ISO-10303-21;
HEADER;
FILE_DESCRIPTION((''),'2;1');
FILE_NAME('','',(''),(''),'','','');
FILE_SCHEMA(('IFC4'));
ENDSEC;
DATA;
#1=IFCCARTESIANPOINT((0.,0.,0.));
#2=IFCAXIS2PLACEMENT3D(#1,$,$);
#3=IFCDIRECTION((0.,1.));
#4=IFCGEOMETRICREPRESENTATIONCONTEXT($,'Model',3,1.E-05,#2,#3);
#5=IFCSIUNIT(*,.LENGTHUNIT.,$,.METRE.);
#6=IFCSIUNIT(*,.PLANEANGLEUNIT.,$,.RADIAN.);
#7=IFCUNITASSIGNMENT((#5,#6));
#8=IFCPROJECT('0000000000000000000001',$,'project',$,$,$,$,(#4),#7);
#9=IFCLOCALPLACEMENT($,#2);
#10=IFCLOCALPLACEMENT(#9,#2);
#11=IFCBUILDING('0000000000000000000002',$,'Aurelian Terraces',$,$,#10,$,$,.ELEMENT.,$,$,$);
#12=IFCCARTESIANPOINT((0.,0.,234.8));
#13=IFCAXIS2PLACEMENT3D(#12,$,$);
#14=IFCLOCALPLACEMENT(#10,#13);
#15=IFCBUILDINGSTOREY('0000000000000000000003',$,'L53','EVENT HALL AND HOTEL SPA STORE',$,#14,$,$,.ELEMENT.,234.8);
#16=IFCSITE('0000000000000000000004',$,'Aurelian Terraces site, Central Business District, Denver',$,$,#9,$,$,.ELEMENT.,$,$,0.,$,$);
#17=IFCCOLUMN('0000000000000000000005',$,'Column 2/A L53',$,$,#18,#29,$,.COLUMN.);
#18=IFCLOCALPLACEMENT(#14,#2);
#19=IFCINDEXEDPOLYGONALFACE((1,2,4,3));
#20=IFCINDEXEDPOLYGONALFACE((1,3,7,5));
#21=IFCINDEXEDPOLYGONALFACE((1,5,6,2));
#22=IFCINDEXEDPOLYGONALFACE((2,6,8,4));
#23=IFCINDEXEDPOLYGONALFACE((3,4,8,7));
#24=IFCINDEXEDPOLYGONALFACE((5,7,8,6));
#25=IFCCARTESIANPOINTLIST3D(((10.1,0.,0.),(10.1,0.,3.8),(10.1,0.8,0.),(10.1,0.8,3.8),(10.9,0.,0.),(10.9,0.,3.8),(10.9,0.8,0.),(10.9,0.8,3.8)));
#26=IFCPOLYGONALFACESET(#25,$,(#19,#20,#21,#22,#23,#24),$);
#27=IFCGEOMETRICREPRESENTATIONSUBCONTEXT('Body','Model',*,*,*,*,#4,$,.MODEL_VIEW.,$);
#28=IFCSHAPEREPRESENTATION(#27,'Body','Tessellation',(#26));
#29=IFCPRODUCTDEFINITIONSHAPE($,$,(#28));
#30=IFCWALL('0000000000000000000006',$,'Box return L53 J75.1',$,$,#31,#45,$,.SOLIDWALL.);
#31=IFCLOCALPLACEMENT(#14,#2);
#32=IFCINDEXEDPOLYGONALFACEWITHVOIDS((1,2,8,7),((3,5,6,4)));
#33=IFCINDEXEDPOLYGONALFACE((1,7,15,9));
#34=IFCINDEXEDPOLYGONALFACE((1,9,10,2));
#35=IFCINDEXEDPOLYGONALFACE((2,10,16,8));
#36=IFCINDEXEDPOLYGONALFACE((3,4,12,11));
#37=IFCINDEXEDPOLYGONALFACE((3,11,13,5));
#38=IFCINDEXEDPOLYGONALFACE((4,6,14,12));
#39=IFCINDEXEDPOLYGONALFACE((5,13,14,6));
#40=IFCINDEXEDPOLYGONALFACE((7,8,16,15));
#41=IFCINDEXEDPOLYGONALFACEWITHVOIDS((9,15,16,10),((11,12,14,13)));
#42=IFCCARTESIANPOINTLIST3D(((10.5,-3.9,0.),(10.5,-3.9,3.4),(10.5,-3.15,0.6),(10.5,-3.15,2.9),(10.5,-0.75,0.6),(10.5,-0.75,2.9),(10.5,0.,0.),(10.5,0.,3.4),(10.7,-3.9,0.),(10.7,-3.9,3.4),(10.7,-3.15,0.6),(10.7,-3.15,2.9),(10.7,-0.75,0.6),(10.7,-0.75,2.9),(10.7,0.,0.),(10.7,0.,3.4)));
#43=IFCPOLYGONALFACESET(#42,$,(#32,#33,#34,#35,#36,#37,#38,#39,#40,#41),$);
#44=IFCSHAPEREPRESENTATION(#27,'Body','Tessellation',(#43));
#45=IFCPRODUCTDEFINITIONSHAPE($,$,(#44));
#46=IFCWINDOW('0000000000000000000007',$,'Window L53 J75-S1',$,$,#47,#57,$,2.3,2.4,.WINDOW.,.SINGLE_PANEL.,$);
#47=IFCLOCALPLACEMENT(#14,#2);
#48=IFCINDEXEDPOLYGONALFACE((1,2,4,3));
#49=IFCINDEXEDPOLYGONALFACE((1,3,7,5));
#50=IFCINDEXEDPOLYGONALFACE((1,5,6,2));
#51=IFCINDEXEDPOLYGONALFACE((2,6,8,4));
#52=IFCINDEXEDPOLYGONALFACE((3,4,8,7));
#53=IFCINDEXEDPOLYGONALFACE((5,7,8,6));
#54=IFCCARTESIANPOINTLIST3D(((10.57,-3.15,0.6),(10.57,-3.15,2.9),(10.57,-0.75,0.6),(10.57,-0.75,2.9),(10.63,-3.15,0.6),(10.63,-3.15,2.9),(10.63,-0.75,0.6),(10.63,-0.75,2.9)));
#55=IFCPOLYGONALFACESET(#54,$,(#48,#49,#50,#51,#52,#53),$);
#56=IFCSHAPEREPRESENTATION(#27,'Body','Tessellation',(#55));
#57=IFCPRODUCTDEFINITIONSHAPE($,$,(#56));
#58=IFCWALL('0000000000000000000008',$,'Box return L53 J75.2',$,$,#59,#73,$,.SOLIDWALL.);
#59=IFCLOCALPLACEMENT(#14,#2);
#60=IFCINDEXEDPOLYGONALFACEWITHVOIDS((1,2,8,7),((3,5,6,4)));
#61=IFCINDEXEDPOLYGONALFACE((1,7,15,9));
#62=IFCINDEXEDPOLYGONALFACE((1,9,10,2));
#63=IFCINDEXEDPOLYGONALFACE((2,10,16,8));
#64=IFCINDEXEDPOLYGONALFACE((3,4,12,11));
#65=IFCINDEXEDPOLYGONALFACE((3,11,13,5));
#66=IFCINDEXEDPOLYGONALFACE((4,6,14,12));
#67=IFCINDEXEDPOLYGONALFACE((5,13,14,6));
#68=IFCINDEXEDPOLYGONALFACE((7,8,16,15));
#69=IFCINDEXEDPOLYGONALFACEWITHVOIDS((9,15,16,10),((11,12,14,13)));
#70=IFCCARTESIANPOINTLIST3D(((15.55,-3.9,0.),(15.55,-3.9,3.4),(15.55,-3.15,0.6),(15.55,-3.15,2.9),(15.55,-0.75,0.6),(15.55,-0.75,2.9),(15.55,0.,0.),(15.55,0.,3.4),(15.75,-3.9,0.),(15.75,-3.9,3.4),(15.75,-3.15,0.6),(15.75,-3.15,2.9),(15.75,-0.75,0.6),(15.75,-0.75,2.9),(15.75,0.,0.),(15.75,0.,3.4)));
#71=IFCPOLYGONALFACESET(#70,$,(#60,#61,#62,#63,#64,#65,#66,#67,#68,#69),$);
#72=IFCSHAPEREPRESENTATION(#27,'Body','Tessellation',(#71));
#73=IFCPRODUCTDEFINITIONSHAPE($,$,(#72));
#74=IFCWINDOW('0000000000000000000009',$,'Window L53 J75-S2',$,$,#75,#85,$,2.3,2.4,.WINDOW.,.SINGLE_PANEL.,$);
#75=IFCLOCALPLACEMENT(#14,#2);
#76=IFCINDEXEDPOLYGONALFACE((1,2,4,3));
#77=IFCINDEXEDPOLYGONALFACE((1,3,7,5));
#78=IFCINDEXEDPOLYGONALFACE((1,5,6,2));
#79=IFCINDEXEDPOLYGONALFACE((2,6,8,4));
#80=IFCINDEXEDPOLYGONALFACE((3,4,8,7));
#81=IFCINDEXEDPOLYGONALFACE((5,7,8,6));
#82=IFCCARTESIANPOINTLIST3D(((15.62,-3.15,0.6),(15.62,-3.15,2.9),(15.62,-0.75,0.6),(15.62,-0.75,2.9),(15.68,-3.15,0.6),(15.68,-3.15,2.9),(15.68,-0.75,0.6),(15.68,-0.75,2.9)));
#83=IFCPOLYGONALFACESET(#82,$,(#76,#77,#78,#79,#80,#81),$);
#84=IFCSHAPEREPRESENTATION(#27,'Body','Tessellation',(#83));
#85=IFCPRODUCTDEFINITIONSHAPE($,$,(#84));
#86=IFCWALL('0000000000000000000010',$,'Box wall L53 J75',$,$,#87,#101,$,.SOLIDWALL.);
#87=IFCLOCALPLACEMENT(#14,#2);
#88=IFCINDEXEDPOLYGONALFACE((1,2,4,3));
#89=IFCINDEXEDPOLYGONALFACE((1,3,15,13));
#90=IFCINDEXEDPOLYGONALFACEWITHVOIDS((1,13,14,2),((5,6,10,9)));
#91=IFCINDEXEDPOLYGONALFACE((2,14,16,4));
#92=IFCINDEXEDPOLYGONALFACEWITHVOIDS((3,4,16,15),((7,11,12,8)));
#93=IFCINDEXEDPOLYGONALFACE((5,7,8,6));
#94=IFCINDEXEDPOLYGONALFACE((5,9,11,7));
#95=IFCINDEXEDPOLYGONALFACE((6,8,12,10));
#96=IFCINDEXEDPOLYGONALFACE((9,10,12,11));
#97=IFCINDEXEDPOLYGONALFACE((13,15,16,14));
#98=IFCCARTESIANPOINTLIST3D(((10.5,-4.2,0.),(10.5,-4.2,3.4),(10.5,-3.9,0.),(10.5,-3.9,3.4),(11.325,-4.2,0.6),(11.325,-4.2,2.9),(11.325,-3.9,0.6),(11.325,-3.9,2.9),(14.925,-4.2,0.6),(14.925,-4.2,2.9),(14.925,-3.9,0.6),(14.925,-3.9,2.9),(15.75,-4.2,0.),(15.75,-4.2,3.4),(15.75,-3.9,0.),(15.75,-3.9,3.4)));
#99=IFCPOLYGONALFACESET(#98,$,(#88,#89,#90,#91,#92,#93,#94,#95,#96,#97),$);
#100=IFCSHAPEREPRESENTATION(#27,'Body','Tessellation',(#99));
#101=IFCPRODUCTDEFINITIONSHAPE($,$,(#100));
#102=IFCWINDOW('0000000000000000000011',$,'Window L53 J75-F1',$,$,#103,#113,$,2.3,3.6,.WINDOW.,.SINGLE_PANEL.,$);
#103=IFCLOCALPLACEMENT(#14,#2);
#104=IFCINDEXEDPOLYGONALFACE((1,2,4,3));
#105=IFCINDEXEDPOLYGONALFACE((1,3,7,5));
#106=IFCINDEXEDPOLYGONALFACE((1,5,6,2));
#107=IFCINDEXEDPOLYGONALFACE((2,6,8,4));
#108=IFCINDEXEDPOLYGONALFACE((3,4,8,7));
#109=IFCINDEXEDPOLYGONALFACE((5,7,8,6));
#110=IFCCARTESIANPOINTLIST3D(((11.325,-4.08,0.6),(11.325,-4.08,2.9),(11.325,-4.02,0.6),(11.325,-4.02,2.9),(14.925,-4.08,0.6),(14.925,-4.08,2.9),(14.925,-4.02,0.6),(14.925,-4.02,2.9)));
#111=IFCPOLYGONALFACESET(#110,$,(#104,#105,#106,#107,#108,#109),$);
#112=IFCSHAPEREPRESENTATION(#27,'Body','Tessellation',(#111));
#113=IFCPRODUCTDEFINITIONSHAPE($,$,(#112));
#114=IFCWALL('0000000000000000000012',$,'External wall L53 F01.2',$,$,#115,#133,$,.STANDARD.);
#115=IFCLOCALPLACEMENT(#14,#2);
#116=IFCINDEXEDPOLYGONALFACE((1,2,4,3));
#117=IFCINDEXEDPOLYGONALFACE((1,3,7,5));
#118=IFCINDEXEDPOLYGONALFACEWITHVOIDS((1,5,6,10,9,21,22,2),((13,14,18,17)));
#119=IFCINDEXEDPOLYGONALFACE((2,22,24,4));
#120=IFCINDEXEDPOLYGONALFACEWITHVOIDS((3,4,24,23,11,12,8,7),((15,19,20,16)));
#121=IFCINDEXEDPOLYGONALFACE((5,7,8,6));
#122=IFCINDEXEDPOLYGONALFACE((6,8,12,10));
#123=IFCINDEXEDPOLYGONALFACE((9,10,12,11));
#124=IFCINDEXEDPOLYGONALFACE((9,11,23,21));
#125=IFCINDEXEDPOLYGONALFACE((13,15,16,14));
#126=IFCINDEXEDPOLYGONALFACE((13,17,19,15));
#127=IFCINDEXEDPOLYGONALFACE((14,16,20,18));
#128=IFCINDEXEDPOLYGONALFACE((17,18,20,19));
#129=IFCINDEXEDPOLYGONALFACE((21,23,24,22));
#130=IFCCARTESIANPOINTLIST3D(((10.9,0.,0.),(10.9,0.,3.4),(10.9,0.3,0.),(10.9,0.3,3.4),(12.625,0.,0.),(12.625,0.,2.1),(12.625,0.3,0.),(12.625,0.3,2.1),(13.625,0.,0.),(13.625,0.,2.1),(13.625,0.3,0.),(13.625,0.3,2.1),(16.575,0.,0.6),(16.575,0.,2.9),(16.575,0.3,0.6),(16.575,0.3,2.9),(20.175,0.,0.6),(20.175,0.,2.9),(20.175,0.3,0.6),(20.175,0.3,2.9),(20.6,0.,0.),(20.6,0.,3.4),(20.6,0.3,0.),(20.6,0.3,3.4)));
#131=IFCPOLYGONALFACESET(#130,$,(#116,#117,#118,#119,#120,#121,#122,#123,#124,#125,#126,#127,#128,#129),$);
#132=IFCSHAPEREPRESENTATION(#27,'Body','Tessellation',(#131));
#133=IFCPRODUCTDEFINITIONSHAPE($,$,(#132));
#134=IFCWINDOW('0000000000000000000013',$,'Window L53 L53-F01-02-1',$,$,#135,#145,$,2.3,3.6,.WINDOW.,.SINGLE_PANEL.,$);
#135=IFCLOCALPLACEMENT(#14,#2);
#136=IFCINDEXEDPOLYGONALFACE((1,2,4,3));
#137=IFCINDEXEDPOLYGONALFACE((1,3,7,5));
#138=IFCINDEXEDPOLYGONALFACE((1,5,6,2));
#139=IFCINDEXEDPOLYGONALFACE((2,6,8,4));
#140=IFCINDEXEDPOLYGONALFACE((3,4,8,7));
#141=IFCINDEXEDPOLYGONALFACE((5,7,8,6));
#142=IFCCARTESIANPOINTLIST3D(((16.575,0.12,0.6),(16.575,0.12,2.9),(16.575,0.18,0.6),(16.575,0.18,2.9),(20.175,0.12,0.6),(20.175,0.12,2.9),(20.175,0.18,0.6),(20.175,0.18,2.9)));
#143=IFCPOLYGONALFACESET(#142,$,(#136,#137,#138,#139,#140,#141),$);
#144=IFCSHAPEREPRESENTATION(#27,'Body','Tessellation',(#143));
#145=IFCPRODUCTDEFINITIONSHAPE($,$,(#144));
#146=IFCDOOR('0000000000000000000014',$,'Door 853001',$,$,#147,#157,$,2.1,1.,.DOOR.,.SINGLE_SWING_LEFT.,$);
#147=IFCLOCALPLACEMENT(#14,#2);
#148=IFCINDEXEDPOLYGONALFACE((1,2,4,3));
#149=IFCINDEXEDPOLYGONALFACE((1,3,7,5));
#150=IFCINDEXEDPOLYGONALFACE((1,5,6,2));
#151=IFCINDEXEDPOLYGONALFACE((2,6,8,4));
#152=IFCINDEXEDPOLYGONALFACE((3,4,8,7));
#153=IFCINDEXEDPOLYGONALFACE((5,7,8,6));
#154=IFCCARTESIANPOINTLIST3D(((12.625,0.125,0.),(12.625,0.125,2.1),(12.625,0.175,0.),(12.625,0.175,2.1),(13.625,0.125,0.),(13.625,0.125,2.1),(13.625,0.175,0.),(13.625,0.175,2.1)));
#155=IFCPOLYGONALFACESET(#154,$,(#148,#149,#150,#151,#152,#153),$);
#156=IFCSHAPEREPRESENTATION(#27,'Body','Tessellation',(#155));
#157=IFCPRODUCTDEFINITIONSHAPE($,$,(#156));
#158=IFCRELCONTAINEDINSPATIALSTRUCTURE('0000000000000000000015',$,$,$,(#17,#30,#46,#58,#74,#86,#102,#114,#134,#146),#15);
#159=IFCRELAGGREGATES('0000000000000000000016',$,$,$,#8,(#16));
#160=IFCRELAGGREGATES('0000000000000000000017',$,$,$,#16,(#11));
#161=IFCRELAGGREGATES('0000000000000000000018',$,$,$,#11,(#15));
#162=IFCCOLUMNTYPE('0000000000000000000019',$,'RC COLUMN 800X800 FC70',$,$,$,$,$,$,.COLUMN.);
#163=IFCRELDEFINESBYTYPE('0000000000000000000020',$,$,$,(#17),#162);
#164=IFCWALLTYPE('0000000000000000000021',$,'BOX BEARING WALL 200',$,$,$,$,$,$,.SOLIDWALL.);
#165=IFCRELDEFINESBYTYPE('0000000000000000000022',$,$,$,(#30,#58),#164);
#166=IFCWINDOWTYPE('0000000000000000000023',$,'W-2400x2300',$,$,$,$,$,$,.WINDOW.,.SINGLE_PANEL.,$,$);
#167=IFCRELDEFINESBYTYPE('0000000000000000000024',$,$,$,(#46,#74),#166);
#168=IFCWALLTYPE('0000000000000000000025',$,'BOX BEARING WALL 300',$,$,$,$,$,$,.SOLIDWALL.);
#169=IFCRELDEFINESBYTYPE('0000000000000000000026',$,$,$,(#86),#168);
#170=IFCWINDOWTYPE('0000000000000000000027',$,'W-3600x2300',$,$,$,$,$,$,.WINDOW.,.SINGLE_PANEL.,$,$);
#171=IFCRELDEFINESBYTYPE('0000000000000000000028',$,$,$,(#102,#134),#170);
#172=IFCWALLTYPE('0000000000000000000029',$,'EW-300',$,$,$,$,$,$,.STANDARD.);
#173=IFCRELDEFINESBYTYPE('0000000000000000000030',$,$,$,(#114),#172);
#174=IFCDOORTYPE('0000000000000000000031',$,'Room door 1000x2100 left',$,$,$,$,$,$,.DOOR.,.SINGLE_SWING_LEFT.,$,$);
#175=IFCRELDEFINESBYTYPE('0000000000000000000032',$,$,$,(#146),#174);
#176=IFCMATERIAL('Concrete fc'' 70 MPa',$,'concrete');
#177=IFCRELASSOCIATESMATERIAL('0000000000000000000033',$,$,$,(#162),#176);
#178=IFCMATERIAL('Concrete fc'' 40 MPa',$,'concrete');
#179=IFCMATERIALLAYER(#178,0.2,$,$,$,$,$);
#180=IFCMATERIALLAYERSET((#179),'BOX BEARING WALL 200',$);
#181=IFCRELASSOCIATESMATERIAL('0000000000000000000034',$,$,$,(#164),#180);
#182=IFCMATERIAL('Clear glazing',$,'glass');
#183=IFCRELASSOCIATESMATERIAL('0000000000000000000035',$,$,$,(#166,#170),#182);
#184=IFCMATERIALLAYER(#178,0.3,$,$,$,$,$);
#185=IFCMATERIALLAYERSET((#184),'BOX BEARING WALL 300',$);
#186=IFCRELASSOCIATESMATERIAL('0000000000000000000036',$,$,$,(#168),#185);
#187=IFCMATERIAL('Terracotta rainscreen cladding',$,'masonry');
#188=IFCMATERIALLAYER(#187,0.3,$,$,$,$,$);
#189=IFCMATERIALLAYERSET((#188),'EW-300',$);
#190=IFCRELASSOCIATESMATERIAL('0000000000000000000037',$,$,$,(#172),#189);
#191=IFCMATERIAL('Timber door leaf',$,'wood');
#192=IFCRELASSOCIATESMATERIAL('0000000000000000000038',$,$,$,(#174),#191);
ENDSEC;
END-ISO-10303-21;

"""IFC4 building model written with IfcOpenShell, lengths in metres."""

from ifc_helpers import new_model, si_unit, direction, frame, frame_2d, origin, origin_2d, place, context, subcontext, project, spatial, rectangle, extrude, source, transform, mapped, material, layer, layer_set, material_profile, profile_set, type_object, element, fill, save


model = new_model("IFC4")

# Units and contexts
model_context = context("Model", 3, precision=1e-05, world=origin(), true_north=direction((0.0, 1.0)))
body_context = subcontext(model_context, "Body", "Model", "MODEL_VIEW")
ifc_project = project(units=[si_unit("LENGTHUNIT", "METRE"), si_unit("PLANEANGLEUNIT", "RADIAN")], contexts=[model_context])

# Site, building, storey
site_placement = place(None, origin())
site = spatial("IfcSite", under=ifc_project, at=site_placement, Name="Aurelian Terraces site, Central Business District, Denver", CompositionType="ELEMENT", RefElevation=0.0)
building_placement = place(site_placement, origin())
building = spatial("IfcBuilding", under=site, at=building_placement, Name="Aurelian Terraces", CompositionType="ELEMENT")
storey_placement = place(building_placement, frame((0.0, 0.0, 234.8)))
storey = spatial("IfcBuildingStorey", under=building, at=storey_placement, Name="L53", Description="EVENT HALL AND HOTEL SPA STORE", CompositionType="ELEMENT", Elevation=234.8)

# Column
ifc_material_1 = material(Name="Concrete fc' 70 MPa", Category="concrete")
ifc_material_profile = material_profile(ifc_material_1, rectangle(XDim=0.8, YDim=0.8, at=origin_2d()))
ifc_profile_set = profile_set([ifc_material_profile], Name="Concrete fc' 70 MPa")
column_type = type_object("IfcColumnType", Name="RC COLUMN 800X800 FC70", PredefinedType="COLUMN", material=ifc_profile_set)
shared_shape_1 = source(origin(), body_context, "Body", "SweptSolid", [
    extrude(rectangle(XDim=0.8, YDim=0.8, at=origin_2d()), origin(), (0.0, 0.0, 1.0), 3.8),
])
column_placement = place(storey_placement, frame((10.5, 0.4, 0.0), z_axis=(0.0, 0.0, 1.0), x_axis=(1.0, 0.0, 0.0)))
element("IfcColumn", 1, at=column_placement, inside=storey, type_object=column_type, Name="Column 2/A L53", PredefinedType="COLUMN", context=body_context, shape_type="MappedRepresentation", body=[
    mapped(shared_shape_1, transform((0.0, 0.0, 0.0), scale=1.0)),
])

# Walls, openings, windows
ifc_material_2 = material(Name="Concrete fc' 40 MPa", Category="concrete")
ifc_layer_1 = layer(ifc_material_2, 0.2)
ifc_layer_set_1 = layer_set([ifc_layer_1], Name="BOX BEARING WALL 200")
wall_type_1 = type_object("IfcWallType", Name="BOX BEARING WALL 200", PredefinedType="SOLIDWALL", material=ifc_layer_set_1)
shared_shape_2 = source(origin(), body_context, "Body", "SweptSolid", [
    extrude(rectangle(XDim=3.9, YDim=0.2, at=frame_2d((1.95, 0.0))), origin(), (0.0, 0.0, 1.0), 3.4),
])
wall_1_placement = place(storey_placement, frame((10.6, 0.0, 0.0), z_axis=(0.0, 0.0, 1.0), x_axis=(0.0, -1.0, 0.0)))
wall_1 = element("IfcWall", 2, at=wall_1_placement, inside=storey, type_object=wall_type_1, Name="Box return L53 J75.1", PredefinedType="SOLIDWALL", context=body_context, shape_type="MappedRepresentation", body=[
    mapped(shared_shape_2, transform((0.0, 0.0, 0.0), scale=1.0)),
])
shared_shape_3 = source(origin(), body_context, "Body", "SweptSolid", [
    extrude(rectangle(XDim=2.4, YDim=2.3, at=frame_2d((1.2, 1.15))), frame((0.0, 0.11, 0.0), z_axis=(0.0, -1.0, 0.0), x_axis=(1.0, 0.0, 0.0)), (0.0, 0.0, 1.0), 0.22),
])
opening_1_placement = place(wall_1_placement, frame((0.75, 0.0, 0.6)))
opening_1 = element("IfcOpeningElement", 3, at=opening_1_placement, cuts=wall_1, PredefinedType="OPENING", context=body_context, shape_type="MappedRepresentation", body=[
    mapped(shared_shape_3, transform((0.0, 0.0, 0.0), scale=1.0)),
])
ifc_material_3 = material(Name="Clear glazing", Category="glass")
window_type_1 = type_object("IfcWindowType", Name="W-2400x2300", PartitioningType="SINGLE_PANEL", PredefinedType="WINDOW", material=ifc_material_3)
shared_shape_4 = source(origin(), body_context, "Body", "SweptSolid", [
    extrude(rectangle(XDim=2.4, YDim=2.3, at=frame_2d((1.2, 1.15))), frame((0.0, 0.03, 0.0), z_axis=(0.0, -1.0, 0.0), x_axis=(1.0, 0.0, 0.0)), (0.0, 0.0, 1.0), 0.06),
])
window_1_placement = place(opening_1_placement, origin())
window_1 = element("IfcWindow", 4, at=window_1_placement, inside=storey, type_object=window_type_1, Name="Window L53 J75-S1", OverallHeight=2.3, OverallWidth=2.4, PartitioningType="SINGLE_PANEL", PredefinedType="WINDOW", context=body_context, shape_type="MappedRepresentation", body=[
    mapped(shared_shape_4, transform((0.0, 0.0, 0.0), scale=1.0)),
])
fill(opening_1, window_1)
wall_2_placement = place(storey_placement, frame((15.65, 0.0, 0.0), z_axis=(0.0, 0.0, 1.0), x_axis=(0.0, -1.0, 0.0)))
wall_2 = element("IfcWall", 5, at=wall_2_placement, inside=storey, type_object=wall_type_1, Name="Box return L53 J75.2", PredefinedType="SOLIDWALL", context=body_context, shape_type="MappedRepresentation", body=[
    mapped(shared_shape_2, transform((0.0, 0.0, 0.0), scale=1.0)),
])
opening_2_placement = place(wall_2_placement, frame((0.75, 0.0, 0.6)))
opening_2 = element("IfcOpeningElement", 6, at=opening_2_placement, cuts=wall_2, PredefinedType="OPENING", context=body_context, shape_type="MappedRepresentation", body=[
    mapped(shared_shape_3, transform((0.0, 0.0, 0.0), scale=1.0)),
])
window_2_placement = place(opening_2_placement, origin())
window_2 = element("IfcWindow", 7, at=window_2_placement, inside=storey, type_object=window_type_1, Name="Window L53 J75-S2", OverallHeight=2.3, OverallWidth=2.4, PartitioningType="SINGLE_PANEL", PredefinedType="WINDOW", context=body_context, shape_type="MappedRepresentation", body=[
    mapped(shared_shape_4, transform((0.0, 0.0, 0.0), scale=1.0)),
])
fill(opening_2, window_2)
ifc_layer_2 = layer(ifc_material_2, 0.3)
ifc_layer_set_2 = layer_set([ifc_layer_2], Name="BOX BEARING WALL 300")
wall_type_2 = type_object("IfcWallType", Name="BOX BEARING WALL 300", PredefinedType="SOLIDWALL", material=ifc_layer_set_2)
shared_shape_5 = source(origin(), body_context, "Body", "SweptSolid", [
    extrude(rectangle(XDim=5.25, YDim=0.3, at=frame_2d((2.625, 0.0))), origin(), (0.0, 0.0, 1.0), 3.4),
])
wall_3_placement = place(storey_placement, frame((10.5, -4.05, 0.0), z_axis=(0.0, 0.0, 1.0), x_axis=(1.0, 0.0, 0.0)))
wall_3 = element("IfcWall", 8, at=wall_3_placement, inside=storey, type_object=wall_type_2, Name="Box wall L53 J75", PredefinedType="SOLIDWALL", context=body_context, shape_type="MappedRepresentation", body=[
    mapped(shared_shape_5, transform((0.0, 0.0, 0.0), scale=1.0)),
])
shared_shape_6 = source(origin(), body_context, "Body", "SweptSolid", [
    extrude(rectangle(XDim=3.6, YDim=2.3, at=frame_2d((1.8, 1.15))), frame((0.0, 0.16, 0.0), z_axis=(0.0, -1.0, 0.0), x_axis=(1.0, 0.0, 0.0)), (0.0, 0.0, 1.0), 0.32),
])
opening_3_placement = place(wall_3_placement, frame((0.825, 0.0, 0.6)))
opening_3 = element("IfcOpeningElement", 9, at=opening_3_placement, cuts=wall_3, PredefinedType="OPENING", context=body_context, shape_type="MappedRepresentation", body=[
    mapped(shared_shape_6, transform((0.0, 0.0, 0.0), scale=1.0)),
])
window_type_2 = type_object("IfcWindowType", Name="W-3600x2300", PartitioningType="SINGLE_PANEL", PredefinedType="WINDOW", material=ifc_material_3)
shared_shape_7 = source(origin(), body_context, "Body", "SweptSolid", [
    extrude(rectangle(XDim=3.6, YDim=2.3, at=frame_2d((1.8, 1.15))), frame((0.0, 0.03, 0.0), z_axis=(0.0, -1.0, 0.0), x_axis=(1.0, 0.0, 0.0)), (0.0, 0.0, 1.0), 0.06),
])
window_3_placement = place(opening_3_placement, origin())
window_3 = element("IfcWindow", 10, at=window_3_placement, inside=storey, type_object=window_type_2, Name="Window L53 J75-F1", OverallHeight=2.3, OverallWidth=3.6, PartitioningType="SINGLE_PANEL", PredefinedType="WINDOW", context=body_context, shape_type="MappedRepresentation", body=[
    mapped(shared_shape_7, transform((0.0, 0.0, 0.0), scale=1.0)),
])
fill(opening_3, window_3)

# Wall, openings, window, door
ifc_material_4 = material(Name="Terracotta rainscreen cladding", Category="masonry")
ifc_layer_3 = layer(ifc_material_4, 0.3)
ifc_layer_set_3 = layer_set([ifc_layer_3], Name="EW-300")
wall_type_3 = type_object("IfcWallType", Name="EW-300", PredefinedType="STANDARD", material=ifc_layer_set_3)
shared_shape_8 = source(origin(), body_context, "Body", "SweptSolid", [
    extrude(rectangle(XDim=9.7, YDim=0.3, at=frame_2d((4.85, 0.0))), origin(), (0.0, 0.0, 1.0), 3.4),
])
wall_4_placement = place(storey_placement, frame((10.9, 0.15, 0.0), z_axis=(0.0, 0.0, 1.0), x_axis=(1.0, 0.0, 0.0)))
wall_4 = element("IfcWall", 11, at=wall_4_placement, inside=storey, type_object=wall_type_3, Name="External wall L53 F01.2", PredefinedType="STANDARD", context=body_context, shape_type="MappedRepresentation", body=[
    mapped(shared_shape_8, transform((0.0, 0.0, 0.0), scale=1.0)),
])
opening_4_placement = place(wall_4_placement, frame((5.675, 0.0, 0.6)))
opening_4 = element("IfcOpeningElement", 12, at=opening_4_placement, cuts=wall_4, PredefinedType="OPENING", context=body_context, shape_type="MappedRepresentation", body=[
    mapped(shared_shape_6, transform((0.0, 0.0, 0.0), scale=1.0)),
])
shared_shape_9 = source(origin(), body_context, "Body", "SweptSolid", [
    extrude(rectangle(XDim=1.0, YDim=2.1, at=frame_2d((0.5, 1.05))), frame((0.0, 0.16, 0.0), z_axis=(0.0, -1.0, 0.0), x_axis=(1.0, 0.0, 0.0)), (0.0, 0.0, 1.0), 0.32),
])
opening_5_placement = place(wall_4_placement, frame((1.725, 0.0, 0.0)))
opening_5 = element("IfcOpeningElement", 13, at=opening_5_placement, cuts=wall_4, PredefinedType="OPENING", context=body_context, shape_type="MappedRepresentation", body=[
    mapped(shared_shape_9, transform((0.0, 0.0, 0.0), scale=1.0)),
])
window_4_placement = place(opening_4_placement, origin())
window_4 = element("IfcWindow", 14, at=window_4_placement, inside=storey, type_object=window_type_2, Name="Window L53 L53-F01-02-1", OverallHeight=2.3, OverallWidth=3.6, PartitioningType="SINGLE_PANEL", PredefinedType="WINDOW", context=body_context, shape_type="MappedRepresentation", body=[
    mapped(shared_shape_7, transform((0.0, 0.0, 0.0), scale=1.0)),
])
fill(opening_4, window_4)
ifc_material_5 = material(Name="Timber door leaf", Category="wood")
door_type_1 = type_object("IfcDoorType", Name="Room door 1000x2100 left", OperationType="SINGLE_SWING_LEFT", PredefinedType="DOOR", material=ifc_material_5)
shared_shape_10 = source(origin(), body_context, "Body", "SweptSolid", [
    extrude(rectangle(XDim=1.0, YDim=2.1, at=frame_2d((0.5, 1.05))), frame((0.0, 0.025, 0.0), z_axis=(0.0, -1.0, 0.0), x_axis=(1.0, 0.0, 0.0)), (0.0, 0.0, 1.0), 0.05),
])
door_1_placement = place(opening_5_placement, origin())
door_1 = element("IfcDoor", 15, at=door_1_placement, inside=storey, type_object=door_type_1, Name="Door 853001", OperationType="SINGLE_SWING_LEFT", OverallHeight=2.1, OverallWidth=1.0, PredefinedType="DOOR", context=body_context, shape_type="MappedRepresentation", body=[
    mapped(shared_shape_10, transform((0.0, 0.0, 0.0), scale=1.0)),
])
fill(opening_5, door_1)

save(model, "model.ifc")
